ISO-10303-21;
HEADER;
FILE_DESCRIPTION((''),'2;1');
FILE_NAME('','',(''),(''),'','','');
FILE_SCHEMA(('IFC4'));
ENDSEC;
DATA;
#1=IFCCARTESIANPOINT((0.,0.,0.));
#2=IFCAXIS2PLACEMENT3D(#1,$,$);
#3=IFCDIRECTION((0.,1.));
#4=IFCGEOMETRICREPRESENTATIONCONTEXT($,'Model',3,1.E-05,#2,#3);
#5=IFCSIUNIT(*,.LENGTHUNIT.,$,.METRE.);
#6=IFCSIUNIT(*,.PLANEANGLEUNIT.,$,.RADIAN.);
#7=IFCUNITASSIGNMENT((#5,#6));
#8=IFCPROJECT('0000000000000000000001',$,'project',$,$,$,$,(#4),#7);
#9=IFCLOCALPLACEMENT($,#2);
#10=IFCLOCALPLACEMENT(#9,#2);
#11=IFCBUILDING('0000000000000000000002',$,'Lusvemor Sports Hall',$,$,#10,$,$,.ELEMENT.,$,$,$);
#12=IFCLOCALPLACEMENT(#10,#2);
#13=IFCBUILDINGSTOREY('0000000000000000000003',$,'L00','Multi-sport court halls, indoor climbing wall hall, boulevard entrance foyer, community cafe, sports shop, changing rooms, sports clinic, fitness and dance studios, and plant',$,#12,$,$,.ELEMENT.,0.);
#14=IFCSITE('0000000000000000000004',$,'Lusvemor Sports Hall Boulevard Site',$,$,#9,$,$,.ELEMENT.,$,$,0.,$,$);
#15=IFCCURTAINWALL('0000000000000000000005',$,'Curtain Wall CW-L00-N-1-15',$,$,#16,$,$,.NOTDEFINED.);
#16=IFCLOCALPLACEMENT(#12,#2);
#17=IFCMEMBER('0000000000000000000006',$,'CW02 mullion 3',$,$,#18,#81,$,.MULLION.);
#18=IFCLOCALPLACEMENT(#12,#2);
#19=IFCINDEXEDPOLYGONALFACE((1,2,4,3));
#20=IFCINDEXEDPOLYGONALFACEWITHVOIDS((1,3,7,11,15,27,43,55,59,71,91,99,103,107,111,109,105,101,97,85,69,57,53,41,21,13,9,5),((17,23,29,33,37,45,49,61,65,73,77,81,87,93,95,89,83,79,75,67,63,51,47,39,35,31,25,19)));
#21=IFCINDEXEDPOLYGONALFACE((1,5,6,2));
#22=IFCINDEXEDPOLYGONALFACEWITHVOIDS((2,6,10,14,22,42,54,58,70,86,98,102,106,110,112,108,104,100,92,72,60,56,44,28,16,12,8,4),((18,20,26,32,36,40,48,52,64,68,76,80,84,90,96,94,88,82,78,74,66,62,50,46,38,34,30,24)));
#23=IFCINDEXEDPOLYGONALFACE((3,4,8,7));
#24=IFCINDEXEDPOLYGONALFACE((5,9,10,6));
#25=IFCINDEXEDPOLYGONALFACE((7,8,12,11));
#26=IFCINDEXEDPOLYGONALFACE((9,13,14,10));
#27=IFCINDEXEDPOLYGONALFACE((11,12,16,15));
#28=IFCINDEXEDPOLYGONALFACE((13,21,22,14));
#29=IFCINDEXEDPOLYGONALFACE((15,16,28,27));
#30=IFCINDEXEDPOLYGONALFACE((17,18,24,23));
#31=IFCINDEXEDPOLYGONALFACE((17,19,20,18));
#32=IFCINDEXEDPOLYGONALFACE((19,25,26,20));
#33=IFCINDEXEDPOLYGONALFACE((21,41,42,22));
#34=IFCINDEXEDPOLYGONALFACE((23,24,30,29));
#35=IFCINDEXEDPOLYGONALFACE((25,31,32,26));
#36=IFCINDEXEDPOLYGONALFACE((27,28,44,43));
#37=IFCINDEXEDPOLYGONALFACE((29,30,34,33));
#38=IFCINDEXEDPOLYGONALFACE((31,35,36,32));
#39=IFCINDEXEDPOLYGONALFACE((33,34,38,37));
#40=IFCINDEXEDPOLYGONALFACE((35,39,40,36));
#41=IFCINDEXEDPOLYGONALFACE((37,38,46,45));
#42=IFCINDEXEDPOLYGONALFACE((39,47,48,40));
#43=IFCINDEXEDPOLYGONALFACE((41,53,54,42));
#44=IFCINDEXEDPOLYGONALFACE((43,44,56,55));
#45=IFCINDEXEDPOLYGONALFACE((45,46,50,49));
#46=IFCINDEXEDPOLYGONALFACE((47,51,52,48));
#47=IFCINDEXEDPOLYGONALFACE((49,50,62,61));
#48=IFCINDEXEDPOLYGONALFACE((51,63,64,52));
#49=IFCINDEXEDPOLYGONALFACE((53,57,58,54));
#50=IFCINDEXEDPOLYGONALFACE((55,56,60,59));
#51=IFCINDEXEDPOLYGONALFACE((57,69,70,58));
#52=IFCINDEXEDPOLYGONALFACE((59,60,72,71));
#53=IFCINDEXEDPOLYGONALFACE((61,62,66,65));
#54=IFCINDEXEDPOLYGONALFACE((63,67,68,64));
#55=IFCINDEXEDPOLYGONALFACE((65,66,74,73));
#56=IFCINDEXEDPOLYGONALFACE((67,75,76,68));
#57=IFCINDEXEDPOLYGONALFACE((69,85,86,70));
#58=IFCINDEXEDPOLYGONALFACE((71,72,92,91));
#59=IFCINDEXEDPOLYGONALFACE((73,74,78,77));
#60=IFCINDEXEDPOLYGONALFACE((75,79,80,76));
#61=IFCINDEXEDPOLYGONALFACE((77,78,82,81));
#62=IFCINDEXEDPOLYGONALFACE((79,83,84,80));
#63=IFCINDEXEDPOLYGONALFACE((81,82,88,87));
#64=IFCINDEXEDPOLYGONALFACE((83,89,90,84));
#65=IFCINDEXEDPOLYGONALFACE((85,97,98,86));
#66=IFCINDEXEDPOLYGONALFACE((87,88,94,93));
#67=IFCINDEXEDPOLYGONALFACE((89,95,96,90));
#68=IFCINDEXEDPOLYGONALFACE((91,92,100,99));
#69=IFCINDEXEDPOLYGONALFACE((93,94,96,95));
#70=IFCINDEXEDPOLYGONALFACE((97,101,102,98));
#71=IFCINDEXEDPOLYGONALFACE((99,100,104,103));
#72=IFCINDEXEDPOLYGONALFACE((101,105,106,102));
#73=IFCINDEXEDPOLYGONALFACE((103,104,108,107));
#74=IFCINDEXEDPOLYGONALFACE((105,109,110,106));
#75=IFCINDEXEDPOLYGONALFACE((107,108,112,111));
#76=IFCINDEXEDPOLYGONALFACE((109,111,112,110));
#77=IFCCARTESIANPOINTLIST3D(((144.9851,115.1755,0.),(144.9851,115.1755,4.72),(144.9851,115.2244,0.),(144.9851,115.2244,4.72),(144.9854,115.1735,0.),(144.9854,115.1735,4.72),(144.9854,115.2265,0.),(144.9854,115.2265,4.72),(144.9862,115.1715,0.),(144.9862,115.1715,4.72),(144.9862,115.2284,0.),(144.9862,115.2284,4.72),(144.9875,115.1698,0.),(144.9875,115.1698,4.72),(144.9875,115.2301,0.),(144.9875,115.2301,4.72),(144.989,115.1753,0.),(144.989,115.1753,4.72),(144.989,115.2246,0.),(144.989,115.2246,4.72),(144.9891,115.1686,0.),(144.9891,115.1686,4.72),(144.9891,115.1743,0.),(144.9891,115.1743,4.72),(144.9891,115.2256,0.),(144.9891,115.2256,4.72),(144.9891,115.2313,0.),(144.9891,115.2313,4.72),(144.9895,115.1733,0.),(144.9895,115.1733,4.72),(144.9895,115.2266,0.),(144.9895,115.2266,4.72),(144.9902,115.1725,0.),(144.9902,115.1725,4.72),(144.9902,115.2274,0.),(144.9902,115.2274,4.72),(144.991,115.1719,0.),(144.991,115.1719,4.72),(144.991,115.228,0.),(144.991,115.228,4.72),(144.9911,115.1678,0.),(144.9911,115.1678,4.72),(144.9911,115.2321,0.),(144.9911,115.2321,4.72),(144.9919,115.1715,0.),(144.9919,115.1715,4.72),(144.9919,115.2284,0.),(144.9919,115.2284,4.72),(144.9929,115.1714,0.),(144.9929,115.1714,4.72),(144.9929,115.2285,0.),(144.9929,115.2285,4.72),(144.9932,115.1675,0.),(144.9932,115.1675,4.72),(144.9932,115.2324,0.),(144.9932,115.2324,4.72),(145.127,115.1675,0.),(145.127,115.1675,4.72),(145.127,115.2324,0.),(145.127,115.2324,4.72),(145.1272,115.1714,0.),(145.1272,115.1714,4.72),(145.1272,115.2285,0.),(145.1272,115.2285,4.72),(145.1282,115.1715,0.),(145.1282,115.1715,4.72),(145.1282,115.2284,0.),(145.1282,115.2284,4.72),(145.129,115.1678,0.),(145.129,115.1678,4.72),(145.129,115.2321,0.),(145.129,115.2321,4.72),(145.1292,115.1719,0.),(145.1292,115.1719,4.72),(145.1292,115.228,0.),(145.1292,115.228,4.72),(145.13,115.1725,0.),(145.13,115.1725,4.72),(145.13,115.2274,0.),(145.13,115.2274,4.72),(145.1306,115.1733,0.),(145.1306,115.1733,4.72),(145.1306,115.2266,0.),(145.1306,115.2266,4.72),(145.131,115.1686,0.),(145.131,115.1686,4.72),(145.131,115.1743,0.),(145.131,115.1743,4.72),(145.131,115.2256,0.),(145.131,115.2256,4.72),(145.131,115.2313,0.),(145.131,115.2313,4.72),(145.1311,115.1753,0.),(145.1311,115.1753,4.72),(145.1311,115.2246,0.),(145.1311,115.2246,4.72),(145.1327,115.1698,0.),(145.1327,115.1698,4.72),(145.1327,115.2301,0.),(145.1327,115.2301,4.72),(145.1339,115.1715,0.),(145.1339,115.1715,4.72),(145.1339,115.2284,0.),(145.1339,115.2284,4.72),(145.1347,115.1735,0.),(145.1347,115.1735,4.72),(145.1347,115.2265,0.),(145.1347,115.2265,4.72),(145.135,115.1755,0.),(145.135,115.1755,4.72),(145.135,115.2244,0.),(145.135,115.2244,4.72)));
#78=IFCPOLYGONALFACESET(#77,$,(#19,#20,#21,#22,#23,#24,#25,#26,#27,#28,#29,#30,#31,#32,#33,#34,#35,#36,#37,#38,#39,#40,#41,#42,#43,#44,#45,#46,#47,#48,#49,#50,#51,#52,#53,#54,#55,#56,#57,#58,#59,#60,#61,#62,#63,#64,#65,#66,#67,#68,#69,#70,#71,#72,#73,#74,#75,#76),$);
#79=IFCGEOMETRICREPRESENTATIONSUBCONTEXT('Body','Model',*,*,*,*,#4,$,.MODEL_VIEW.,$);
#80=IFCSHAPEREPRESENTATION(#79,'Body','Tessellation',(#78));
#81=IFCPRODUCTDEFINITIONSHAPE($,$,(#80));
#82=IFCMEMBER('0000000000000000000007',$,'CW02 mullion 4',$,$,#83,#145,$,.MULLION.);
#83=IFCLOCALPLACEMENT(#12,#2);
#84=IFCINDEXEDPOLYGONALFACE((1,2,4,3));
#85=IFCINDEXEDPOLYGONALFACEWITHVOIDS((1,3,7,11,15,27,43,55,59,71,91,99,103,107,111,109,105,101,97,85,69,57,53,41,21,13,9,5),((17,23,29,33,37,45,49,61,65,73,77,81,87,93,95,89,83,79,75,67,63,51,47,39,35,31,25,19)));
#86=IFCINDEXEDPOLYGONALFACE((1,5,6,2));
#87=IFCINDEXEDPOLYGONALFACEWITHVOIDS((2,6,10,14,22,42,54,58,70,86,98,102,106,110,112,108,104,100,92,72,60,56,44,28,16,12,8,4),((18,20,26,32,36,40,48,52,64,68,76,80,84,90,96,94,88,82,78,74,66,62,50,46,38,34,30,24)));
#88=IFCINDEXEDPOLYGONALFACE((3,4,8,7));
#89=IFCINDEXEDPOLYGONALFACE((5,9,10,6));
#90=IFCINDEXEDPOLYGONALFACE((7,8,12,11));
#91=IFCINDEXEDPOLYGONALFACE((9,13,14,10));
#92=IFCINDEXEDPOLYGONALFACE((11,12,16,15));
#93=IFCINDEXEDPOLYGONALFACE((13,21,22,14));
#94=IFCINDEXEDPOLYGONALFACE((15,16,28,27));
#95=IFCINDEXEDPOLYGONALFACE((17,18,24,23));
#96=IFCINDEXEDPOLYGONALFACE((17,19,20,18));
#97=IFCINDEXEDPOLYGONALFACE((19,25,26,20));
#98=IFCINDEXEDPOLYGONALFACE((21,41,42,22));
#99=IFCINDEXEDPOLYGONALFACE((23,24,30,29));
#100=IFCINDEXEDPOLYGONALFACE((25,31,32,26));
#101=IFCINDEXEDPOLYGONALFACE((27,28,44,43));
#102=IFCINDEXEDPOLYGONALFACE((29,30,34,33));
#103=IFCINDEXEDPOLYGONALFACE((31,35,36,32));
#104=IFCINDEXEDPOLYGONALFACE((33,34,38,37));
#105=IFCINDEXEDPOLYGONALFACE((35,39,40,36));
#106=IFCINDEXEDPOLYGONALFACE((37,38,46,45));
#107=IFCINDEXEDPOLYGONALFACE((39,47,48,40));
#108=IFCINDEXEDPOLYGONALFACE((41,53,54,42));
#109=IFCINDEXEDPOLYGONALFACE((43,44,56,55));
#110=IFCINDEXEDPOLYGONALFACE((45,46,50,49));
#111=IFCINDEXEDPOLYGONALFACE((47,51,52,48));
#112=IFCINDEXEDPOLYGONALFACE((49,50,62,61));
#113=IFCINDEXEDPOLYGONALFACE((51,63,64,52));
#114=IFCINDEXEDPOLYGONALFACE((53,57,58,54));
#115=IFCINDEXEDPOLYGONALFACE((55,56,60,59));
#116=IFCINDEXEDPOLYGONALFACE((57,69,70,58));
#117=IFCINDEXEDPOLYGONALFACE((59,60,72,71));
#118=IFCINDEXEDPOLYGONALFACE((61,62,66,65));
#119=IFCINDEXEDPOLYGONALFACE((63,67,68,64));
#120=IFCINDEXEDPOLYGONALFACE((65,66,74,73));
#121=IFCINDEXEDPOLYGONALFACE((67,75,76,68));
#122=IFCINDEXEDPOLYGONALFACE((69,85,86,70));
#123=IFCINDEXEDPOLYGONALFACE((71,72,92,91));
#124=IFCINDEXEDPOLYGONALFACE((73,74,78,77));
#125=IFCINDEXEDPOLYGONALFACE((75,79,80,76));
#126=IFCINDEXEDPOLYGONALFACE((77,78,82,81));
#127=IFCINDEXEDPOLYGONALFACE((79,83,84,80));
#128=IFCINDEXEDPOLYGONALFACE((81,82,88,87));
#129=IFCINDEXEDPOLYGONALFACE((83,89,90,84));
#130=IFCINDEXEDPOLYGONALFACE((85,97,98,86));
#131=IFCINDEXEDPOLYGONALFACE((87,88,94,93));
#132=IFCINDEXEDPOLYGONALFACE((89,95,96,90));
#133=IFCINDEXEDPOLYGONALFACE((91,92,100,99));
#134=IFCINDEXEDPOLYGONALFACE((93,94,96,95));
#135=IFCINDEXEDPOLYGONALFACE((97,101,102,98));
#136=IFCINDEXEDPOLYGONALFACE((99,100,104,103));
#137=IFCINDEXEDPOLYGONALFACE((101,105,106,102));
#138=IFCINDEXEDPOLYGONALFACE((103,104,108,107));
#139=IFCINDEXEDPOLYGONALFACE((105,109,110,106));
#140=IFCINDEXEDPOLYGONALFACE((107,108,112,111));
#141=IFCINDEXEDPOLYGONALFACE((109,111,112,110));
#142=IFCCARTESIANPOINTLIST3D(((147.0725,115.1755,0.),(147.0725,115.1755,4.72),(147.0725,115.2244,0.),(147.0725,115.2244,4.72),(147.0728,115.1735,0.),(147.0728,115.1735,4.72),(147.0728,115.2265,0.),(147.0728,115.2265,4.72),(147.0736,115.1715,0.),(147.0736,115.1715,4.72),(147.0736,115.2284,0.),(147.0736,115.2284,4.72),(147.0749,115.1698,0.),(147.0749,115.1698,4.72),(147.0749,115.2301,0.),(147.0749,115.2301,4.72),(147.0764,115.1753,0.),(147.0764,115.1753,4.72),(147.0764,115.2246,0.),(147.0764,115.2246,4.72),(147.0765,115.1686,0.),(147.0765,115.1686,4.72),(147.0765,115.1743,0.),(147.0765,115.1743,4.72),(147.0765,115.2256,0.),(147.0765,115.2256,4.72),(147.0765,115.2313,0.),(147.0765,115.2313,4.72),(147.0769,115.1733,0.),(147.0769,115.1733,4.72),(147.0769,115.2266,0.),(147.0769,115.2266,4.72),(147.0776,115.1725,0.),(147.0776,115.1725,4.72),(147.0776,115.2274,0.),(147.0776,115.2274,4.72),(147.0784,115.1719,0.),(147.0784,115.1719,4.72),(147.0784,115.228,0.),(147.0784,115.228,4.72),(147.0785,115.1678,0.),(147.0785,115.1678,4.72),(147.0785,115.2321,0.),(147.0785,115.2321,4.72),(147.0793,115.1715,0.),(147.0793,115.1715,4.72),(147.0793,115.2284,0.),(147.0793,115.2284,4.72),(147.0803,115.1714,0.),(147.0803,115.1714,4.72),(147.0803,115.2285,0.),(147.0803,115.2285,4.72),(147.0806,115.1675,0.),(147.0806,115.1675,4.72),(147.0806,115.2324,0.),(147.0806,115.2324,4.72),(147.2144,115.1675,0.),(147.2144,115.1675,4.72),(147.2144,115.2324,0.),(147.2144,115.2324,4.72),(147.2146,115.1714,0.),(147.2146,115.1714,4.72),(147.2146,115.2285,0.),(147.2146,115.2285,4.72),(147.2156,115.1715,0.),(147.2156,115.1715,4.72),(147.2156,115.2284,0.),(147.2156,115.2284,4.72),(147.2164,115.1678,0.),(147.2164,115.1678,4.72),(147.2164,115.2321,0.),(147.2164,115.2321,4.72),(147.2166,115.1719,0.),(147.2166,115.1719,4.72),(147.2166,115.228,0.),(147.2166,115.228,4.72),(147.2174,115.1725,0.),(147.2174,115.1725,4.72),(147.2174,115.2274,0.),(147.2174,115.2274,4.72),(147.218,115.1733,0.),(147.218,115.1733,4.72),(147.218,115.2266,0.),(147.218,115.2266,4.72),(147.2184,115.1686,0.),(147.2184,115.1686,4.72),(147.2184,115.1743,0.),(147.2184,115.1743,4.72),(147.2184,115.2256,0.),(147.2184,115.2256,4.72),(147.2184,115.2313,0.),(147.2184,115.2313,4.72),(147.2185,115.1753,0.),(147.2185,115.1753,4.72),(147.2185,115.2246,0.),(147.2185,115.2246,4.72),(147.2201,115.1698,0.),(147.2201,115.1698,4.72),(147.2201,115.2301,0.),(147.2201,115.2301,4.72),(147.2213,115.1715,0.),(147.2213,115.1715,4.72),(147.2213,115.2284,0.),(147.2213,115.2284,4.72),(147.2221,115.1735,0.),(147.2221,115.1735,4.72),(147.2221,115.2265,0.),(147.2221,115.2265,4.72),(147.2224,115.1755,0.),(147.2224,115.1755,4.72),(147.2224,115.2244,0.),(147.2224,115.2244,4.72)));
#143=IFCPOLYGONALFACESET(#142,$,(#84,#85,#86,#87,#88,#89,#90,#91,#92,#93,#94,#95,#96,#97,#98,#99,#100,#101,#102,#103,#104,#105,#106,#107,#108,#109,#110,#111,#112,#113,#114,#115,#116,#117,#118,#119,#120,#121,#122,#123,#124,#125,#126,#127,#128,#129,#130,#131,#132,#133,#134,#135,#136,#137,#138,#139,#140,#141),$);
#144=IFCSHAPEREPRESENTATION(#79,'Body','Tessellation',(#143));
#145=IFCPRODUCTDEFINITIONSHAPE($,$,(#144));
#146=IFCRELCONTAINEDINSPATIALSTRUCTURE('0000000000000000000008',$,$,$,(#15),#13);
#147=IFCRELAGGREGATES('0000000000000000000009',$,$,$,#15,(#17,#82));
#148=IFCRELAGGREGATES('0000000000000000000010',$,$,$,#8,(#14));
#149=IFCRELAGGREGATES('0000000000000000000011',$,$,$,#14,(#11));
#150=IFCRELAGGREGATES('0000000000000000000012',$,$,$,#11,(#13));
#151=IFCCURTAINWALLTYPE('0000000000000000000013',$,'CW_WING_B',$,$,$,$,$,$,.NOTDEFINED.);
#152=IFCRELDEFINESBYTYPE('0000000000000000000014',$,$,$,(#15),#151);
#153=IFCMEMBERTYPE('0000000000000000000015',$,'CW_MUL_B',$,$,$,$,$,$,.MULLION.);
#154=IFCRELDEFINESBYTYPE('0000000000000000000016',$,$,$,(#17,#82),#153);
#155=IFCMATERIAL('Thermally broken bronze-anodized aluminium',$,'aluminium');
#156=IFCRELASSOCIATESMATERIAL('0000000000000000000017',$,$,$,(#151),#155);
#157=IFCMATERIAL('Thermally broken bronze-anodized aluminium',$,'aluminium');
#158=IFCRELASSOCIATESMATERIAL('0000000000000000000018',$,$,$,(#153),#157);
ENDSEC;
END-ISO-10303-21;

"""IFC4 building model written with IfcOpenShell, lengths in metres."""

from ifc_helpers import new_model, si_unit, direction, frame, origin, origin_2d, place, context, subcontext, project, spatial, hollow_rectangle, extrude, material, material_profile, profile_set, type_object, element, aggregate, save


model = new_model("IFC4")

# Units and contexts
model_context = context("Model", 3, precision=1e-05, world=origin(), true_north=direction((0.0, 1.0)))
body_context = subcontext(model_context, "Body", "Model", "MODEL_VIEW")
ifc_project = project(units=[si_unit("LENGTHUNIT", "METRE"), si_unit("PLANEANGLEUNIT", "RADIAN")], contexts=[model_context])

# Site, building, storey
site_placement = place(None, origin())
site = spatial("IfcSite", under=ifc_project, at=site_placement, Name="Lusvemor Sports Hall Boulevard Site", CompositionType="ELEMENT", RefElevation=0.0)
building_placement = place(site_placement, origin())
building = spatial("IfcBuilding", under=site, at=building_placement, Name="Lusvemor Sports Hall", CompositionType="ELEMENT")
storey_placement = place(building_placement, origin())
storey = spatial("IfcBuildingStorey", under=building, at=storey_placement, Name="L00", Description="Multi-sport court halls, indoor climbing wall hall, boulevard entrance foyer, community cafe, sports shop, changing rooms, sports clinic, fitness and dance studios, and plant", CompositionType="ELEMENT", Elevation=0.0)

# Curtain wall, members
ifc_material_1 = material(Name="Thermally broken bronze-anodized aluminium", Category="aluminium")
curtain_wall_type = type_object("IfcCurtainWallType", Name="CW_WING_B", PredefinedType="NOTDEFINED", material=ifc_material_1)
curtain_wall_placement = place(storey_placement, origin())
curtain_wall = element("IfcCurtainWall", 1, at=curtain_wall_placement, inside=storey, type_object=curtain_wall_type, Name="Curtain Wall CW-L00-N-1-15", PredefinedType="NOTDEFINED")
ifc_material_2 = material(Name="Thermally broken bronze-anodized aluminium", Category="aluminium")
ifc_material_profile_1 = material_profile(ifc_material_2, hollow_rectangle(XDim=0.0649, YDim=0.1499, WallThickness=0.0039, InnerFilletRadius=0.0039, OuterFilletRadius=0.0081, at=origin_2d()), Name="CWMUL150x65x4")
ifc_profile_set_1 = profile_set([ifc_material_profile_1], Name="Thermally broken bronze-anodized aluminium")
member_type_1 = type_object("IfcMemberType", Name="CW_MUL_B", PredefinedType="MULLION", material=ifc_profile_set_1)
member_1_placement = place(storey_placement, frame((145.0601, 115.2, 0.0), z_axis=(0.0, 0.0, 1.0), x_axis=(0.0, 1.0, 0.0)))
member_1 = element("IfcMember", 2, at=member_1_placement, type_object=member_type_1, Name="CW02 mullion 3", PredefinedType="MULLION", context=body_context, shape_type="SweptSolid", body=[
    extrude(hollow_rectangle(XDim=0.0649, YDim=0.1499, WallThickness=0.0039, InnerFilletRadius=0.0039, OuterFilletRadius=0.0081, at=origin_2d()), origin(), (0.0, 0.0, 1.0), 4.72),
])
member_2_placement = place(storey_placement, frame((147.1475, 115.2, 0.0), z_axis=(0.0, 0.0, 1.0), x_axis=(0.0, 1.0, 0.0)))
member_2 = element("IfcMember", 3, at=member_2_placement, type_object=member_type_1, Name="CW02 mullion 4", PredefinedType="MULLION", context=body_context, shape_type="SweptSolid", body=[
    extrude(hollow_rectangle(XDim=0.0649, YDim=0.1499, WallThickness=0.0039, InnerFilletRadius=0.0039, OuterFilletRadius=0.0081, at=origin_2d()), origin(), (0.0, 0.0, 1.0), 4.72),
])
aggregate(curtain_wall, [member_1, member_2])

save(model, "model.ifc")
